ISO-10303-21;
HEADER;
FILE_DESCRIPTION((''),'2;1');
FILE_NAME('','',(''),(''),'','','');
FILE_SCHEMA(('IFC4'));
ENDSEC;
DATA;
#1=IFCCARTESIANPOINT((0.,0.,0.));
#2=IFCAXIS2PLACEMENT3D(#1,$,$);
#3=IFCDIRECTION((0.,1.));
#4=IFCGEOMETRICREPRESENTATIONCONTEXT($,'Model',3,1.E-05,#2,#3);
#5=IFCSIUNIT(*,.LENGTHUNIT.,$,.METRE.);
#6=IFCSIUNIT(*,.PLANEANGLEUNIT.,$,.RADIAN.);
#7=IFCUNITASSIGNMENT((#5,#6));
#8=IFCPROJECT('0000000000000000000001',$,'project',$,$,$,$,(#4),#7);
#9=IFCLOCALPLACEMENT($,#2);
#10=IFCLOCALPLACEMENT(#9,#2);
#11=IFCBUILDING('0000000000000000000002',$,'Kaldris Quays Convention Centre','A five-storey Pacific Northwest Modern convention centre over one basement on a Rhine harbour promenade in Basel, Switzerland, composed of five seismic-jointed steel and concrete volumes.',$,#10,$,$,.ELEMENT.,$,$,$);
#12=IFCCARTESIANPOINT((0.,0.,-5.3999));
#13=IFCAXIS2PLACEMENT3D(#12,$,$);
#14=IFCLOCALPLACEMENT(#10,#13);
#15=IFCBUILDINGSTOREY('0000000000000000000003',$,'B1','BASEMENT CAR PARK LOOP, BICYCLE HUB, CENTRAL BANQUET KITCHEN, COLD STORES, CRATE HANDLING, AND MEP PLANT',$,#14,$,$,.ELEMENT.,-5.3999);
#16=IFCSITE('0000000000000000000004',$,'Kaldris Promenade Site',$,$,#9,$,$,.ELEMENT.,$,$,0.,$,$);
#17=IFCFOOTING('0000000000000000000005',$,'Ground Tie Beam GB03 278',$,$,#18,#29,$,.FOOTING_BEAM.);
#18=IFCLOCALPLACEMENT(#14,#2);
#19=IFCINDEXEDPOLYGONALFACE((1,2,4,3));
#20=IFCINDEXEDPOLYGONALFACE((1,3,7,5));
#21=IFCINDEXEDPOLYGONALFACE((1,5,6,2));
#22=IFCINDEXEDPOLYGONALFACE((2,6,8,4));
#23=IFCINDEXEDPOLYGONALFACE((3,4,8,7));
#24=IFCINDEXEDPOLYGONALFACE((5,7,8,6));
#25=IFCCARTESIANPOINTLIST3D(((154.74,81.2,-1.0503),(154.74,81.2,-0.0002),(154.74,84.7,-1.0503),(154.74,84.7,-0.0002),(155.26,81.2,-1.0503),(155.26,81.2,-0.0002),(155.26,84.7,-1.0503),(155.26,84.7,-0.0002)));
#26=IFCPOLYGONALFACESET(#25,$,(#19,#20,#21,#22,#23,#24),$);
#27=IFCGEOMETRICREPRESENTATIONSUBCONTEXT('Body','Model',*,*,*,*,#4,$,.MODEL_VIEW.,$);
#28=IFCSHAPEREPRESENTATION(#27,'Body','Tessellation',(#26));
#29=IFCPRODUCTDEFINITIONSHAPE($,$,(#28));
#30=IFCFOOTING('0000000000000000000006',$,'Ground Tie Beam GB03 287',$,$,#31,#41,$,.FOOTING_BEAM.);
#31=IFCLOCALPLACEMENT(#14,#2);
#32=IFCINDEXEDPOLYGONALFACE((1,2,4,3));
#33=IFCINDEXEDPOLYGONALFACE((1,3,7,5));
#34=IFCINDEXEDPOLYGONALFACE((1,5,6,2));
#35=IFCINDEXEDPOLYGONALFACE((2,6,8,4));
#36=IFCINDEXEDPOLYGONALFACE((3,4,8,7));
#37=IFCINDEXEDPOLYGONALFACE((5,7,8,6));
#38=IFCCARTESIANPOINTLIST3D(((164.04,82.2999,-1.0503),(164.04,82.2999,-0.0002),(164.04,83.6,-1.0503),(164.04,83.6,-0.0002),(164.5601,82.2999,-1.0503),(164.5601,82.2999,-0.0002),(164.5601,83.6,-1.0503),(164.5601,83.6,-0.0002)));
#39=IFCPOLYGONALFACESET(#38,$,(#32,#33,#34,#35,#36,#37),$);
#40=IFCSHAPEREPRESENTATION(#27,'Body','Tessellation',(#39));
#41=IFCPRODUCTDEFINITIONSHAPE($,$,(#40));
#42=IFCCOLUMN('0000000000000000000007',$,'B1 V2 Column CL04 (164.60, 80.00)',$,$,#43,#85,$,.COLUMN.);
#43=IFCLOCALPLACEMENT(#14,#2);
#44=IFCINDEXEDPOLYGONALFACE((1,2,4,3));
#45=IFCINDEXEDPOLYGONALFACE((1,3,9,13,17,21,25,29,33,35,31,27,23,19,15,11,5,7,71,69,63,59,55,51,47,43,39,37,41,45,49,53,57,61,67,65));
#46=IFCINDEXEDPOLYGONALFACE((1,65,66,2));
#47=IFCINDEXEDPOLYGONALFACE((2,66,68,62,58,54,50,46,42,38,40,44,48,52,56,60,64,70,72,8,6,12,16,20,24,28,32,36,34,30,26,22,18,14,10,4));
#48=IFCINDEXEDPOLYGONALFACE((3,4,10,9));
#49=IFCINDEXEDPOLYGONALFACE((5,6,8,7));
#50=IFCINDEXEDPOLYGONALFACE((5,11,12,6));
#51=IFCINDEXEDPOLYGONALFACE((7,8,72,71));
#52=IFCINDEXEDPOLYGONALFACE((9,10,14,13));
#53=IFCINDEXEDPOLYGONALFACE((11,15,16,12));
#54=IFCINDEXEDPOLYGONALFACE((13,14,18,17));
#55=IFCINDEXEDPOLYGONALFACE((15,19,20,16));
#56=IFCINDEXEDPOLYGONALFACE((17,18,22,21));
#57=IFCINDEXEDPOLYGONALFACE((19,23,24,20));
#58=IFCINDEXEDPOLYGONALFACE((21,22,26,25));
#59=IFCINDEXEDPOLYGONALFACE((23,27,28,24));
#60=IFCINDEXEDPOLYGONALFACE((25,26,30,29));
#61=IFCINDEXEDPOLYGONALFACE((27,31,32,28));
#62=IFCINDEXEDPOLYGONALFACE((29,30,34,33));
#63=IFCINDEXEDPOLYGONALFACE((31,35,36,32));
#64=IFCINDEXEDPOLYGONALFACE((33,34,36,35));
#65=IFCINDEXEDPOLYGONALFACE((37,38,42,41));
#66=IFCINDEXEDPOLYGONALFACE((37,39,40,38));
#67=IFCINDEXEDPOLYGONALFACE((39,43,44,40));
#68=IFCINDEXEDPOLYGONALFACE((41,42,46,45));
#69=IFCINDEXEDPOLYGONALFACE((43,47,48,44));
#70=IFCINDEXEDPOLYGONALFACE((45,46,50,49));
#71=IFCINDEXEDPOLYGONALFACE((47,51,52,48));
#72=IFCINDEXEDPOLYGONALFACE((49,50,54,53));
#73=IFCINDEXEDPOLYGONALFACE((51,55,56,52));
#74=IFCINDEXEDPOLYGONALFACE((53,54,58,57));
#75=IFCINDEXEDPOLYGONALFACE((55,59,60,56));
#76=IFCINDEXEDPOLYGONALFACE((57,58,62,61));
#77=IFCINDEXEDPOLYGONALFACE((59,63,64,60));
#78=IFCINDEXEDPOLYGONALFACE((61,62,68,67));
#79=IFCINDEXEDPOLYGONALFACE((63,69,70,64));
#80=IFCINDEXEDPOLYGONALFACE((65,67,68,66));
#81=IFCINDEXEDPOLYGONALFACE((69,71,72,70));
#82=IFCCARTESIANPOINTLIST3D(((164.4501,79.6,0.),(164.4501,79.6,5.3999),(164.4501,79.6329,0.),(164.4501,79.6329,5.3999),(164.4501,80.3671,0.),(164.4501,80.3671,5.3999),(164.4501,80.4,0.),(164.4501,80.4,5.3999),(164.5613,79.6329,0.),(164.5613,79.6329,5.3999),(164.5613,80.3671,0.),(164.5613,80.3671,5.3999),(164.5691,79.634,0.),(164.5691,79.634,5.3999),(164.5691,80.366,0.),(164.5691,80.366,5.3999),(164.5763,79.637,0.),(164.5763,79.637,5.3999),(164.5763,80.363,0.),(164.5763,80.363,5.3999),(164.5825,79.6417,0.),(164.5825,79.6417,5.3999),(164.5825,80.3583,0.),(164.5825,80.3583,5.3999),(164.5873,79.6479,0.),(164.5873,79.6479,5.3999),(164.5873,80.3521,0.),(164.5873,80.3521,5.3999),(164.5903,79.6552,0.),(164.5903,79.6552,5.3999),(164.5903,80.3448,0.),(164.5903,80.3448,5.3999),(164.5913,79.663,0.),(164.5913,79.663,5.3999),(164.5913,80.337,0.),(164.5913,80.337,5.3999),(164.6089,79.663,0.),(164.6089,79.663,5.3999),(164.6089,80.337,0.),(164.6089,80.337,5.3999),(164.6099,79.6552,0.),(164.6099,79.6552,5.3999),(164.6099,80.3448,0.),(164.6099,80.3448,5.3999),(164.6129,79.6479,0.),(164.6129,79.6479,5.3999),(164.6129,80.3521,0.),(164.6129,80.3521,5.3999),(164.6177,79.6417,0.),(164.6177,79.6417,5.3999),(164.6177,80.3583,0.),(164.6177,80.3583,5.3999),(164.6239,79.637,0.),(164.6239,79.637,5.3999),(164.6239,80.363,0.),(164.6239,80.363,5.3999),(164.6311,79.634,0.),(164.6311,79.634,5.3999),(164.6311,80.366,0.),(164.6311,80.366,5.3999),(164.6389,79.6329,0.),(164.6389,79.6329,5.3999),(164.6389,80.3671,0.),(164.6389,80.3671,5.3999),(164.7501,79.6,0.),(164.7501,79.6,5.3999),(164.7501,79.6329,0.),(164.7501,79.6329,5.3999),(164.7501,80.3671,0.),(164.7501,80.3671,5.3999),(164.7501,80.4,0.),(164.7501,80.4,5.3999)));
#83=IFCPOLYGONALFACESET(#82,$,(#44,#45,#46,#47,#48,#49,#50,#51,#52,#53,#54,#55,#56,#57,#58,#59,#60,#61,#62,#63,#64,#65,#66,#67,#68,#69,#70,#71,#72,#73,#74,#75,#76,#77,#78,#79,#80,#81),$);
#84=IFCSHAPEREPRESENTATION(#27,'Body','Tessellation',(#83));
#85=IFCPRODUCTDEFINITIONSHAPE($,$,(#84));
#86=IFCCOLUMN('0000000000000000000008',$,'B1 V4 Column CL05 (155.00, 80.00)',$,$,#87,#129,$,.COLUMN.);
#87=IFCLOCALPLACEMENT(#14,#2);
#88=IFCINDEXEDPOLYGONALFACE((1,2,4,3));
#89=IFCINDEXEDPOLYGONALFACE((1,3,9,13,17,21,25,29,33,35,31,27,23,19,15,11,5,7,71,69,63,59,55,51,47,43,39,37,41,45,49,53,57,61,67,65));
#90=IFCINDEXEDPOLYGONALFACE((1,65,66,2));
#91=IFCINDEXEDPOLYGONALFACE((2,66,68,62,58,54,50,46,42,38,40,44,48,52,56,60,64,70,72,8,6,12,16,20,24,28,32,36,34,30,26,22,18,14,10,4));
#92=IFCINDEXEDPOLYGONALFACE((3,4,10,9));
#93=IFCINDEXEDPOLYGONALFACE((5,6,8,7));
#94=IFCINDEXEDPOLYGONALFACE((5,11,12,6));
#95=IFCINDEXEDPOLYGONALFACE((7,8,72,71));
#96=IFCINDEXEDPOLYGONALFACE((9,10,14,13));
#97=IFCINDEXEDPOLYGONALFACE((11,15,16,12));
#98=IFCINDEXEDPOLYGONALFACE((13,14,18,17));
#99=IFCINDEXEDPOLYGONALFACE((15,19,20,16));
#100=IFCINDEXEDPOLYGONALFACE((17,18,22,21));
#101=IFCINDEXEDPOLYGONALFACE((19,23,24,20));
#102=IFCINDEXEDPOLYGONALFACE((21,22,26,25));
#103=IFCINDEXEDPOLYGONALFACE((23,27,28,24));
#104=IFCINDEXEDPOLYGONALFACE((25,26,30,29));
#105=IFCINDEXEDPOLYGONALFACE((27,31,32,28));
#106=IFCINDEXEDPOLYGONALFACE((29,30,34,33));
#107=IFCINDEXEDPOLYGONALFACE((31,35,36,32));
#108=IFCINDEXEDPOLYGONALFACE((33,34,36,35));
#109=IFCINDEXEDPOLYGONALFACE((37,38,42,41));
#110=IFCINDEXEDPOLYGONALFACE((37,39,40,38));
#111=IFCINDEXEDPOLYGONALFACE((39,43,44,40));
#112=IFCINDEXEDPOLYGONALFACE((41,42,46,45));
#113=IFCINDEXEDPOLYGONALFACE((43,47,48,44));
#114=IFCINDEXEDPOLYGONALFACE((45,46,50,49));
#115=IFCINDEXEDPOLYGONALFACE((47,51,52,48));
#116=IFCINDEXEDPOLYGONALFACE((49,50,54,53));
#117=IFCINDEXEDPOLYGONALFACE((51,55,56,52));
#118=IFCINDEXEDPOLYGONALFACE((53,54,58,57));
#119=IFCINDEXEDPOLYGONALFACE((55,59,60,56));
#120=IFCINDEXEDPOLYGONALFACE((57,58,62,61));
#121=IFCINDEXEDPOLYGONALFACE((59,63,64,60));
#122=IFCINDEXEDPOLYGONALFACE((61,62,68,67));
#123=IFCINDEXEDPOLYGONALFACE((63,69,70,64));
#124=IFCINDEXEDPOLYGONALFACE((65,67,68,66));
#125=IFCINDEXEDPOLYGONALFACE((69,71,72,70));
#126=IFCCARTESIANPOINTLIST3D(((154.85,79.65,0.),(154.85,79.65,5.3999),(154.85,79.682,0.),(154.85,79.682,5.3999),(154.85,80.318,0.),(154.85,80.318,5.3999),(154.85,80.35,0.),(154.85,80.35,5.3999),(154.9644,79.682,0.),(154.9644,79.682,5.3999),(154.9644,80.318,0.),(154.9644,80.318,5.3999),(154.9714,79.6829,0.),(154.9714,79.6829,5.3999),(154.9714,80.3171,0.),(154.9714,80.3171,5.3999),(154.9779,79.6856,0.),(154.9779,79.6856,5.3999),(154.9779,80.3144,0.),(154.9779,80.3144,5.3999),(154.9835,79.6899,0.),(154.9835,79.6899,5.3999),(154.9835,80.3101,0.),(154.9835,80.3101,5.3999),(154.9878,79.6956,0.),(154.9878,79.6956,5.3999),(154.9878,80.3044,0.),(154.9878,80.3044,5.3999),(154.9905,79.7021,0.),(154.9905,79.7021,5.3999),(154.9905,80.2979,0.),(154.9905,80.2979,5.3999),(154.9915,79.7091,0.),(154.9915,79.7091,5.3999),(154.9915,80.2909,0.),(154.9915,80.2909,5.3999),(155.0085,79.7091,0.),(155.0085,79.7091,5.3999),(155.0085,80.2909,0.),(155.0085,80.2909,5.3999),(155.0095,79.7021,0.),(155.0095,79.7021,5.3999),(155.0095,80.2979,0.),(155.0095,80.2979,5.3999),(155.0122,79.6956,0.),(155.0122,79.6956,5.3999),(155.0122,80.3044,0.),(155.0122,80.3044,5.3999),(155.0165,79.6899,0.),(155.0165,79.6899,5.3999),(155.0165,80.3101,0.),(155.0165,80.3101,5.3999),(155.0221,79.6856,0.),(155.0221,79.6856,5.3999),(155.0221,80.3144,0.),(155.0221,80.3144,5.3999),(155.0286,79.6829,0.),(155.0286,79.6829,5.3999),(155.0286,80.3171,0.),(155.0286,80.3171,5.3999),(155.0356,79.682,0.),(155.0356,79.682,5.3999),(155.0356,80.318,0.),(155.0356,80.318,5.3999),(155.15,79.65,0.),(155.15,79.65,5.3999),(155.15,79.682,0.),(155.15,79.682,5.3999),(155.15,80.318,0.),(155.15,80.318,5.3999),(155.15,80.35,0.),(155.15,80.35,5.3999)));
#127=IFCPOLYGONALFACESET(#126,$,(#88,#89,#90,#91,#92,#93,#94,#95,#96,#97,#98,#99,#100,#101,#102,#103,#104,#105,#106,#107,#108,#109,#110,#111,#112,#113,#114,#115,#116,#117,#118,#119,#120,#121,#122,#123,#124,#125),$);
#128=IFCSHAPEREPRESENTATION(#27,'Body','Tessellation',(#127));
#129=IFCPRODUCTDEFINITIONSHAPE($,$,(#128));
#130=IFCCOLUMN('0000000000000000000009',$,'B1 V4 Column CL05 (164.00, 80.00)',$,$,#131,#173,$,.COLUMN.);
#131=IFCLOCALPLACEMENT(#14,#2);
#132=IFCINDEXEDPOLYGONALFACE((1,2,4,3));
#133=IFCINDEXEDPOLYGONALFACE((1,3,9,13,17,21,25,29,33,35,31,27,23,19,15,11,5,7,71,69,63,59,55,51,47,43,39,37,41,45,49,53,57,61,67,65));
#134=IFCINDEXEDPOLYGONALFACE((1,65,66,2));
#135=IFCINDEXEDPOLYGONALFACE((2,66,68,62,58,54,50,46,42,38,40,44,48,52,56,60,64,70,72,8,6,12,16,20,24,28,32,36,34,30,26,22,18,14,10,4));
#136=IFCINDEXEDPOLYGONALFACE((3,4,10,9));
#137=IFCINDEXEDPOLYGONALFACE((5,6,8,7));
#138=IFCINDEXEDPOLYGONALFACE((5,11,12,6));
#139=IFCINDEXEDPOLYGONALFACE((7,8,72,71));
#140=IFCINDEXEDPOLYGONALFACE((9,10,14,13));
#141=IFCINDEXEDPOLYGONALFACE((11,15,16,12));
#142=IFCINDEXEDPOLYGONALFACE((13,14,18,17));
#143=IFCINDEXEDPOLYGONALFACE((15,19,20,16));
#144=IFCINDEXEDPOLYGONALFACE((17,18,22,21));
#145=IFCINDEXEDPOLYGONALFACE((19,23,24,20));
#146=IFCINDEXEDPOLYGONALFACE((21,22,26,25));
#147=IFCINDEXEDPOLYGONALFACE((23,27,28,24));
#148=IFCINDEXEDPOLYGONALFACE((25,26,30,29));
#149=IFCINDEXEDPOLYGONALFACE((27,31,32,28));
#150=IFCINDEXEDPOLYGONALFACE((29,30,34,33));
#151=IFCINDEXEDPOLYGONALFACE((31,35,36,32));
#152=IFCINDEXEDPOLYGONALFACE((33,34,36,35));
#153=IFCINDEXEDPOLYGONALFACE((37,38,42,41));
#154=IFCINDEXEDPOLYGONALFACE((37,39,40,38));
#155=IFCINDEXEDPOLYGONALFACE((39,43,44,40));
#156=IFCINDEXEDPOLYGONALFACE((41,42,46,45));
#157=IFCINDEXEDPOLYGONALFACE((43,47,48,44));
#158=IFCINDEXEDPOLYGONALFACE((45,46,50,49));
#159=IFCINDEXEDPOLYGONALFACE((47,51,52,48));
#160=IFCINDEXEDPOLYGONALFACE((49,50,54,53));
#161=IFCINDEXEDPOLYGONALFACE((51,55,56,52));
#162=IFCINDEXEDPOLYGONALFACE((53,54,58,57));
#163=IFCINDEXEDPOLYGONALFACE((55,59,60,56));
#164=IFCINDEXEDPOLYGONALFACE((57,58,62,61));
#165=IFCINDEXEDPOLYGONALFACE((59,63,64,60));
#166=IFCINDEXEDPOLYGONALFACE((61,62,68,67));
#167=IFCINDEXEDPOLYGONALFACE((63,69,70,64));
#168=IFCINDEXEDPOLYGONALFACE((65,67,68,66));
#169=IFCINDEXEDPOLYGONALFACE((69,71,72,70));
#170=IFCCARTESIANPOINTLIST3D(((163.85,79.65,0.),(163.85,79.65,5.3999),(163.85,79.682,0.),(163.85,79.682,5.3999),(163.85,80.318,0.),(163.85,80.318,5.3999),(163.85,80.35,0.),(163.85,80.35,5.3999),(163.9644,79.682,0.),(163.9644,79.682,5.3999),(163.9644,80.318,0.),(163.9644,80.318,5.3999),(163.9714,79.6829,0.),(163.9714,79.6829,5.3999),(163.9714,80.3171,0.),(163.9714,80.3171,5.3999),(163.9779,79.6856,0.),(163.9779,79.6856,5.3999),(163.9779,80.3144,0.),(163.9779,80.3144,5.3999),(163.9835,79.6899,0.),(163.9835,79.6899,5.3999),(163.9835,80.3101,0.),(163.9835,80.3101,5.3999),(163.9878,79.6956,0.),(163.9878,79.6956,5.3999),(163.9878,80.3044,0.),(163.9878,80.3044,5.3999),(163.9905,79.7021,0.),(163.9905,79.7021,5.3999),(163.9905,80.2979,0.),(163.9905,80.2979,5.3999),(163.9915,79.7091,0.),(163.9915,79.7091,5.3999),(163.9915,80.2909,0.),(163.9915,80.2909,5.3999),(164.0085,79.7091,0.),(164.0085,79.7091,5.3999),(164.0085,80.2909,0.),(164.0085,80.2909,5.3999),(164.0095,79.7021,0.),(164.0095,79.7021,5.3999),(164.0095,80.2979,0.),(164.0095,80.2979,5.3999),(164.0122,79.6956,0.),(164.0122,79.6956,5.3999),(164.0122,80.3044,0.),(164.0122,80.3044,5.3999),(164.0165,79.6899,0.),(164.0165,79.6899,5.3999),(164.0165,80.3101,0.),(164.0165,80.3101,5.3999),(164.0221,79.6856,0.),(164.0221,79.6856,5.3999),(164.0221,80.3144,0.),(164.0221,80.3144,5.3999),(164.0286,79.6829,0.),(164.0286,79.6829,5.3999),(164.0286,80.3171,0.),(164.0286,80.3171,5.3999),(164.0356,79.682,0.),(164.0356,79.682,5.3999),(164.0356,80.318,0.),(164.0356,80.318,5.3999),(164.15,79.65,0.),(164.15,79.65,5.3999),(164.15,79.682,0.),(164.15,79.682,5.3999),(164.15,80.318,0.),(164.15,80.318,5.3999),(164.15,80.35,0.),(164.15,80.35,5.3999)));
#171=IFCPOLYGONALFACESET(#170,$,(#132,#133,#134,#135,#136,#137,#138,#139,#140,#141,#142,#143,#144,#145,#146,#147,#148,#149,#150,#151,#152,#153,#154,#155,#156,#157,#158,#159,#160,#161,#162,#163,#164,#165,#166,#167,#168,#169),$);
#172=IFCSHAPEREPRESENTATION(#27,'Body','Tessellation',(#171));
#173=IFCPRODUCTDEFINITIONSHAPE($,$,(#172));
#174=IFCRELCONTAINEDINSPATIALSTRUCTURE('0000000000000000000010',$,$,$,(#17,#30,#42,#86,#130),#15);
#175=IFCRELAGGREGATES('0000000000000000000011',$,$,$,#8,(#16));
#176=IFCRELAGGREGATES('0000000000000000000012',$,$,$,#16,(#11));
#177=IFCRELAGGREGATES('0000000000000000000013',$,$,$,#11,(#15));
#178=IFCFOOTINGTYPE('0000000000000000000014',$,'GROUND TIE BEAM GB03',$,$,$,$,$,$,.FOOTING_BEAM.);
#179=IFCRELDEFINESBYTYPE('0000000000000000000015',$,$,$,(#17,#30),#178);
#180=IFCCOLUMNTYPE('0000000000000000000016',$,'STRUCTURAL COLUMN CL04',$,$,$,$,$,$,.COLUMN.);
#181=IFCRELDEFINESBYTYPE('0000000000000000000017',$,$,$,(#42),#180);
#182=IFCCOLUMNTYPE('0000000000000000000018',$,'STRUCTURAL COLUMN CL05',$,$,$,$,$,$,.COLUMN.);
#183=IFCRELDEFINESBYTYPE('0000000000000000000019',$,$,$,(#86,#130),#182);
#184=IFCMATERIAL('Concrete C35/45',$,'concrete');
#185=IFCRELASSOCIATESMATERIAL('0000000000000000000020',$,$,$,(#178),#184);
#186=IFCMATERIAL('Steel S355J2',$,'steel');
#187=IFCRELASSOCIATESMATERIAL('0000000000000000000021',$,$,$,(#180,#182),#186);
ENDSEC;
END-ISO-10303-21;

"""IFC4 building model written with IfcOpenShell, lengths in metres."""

from ifc_helpers import new_model, si_unit, direction, frame, origin, origin_2d, place, context, subcontext, project, spatial, rectangle, i_section, extrude, material, material_profile, profile_set, type_object, element, save


model = new_model("IFC4")

# Units and contexts
model_context = context("Model", 3, precision=1e-05, world=origin(), true_north=direction((0.0, 1.0)))
body_context = subcontext(model_context, "Body", "Model", "MODEL_VIEW")
ifc_project = project(units=[si_unit("LENGTHUNIT", "METRE"), si_unit("PLANEANGLEUNIT", "RADIAN")], contexts=[model_context])

# Site, building, storey
site_placement = place(None, origin())
site = spatial("IfcSite", under=ifc_project, at=site_placement, Name="Kaldris Promenade Site", CompositionType="ELEMENT", RefElevation=0.0)
building_placement = place(site_placement, origin())
building = spatial("IfcBuilding", under=site, at=building_placement, Name="Kaldris Quays Convention Centre", Description="A five-storey Pacific Northwest Modern convention centre over one basement on a Rhine harbour promenade in Basel, Switzerland, composed of five seismic-jointed steel and concrete volumes.", CompositionType="ELEMENT")
storey_placement = place(building_placement, frame((0.0, 0.0, -5.3999)))
storey = spatial("IfcBuildingStorey", under=building, at=storey_placement, Name="B1", Description="BASEMENT CAR PARK LOOP, BICYCLE HUB, CENTRAL BANQUET KITCHEN, COLD STORES, CRATE HANDLING, AND MEP PLANT", CompositionType="ELEMENT", Elevation=-5.3999)

# Shared definitions
ifc_material_1 = material(Name="Concrete C35/45", Category="concrete")

# Footings
footing_type_1 = type_object("IfcFootingType", Name="GROUND TIE BEAM GB03", PredefinedType="FOOTING_BEAM", material=ifc_material_1)
footing_1_placement = place(storey_placement, frame((155.0, 82.95, -1.0503), z_axis=(0.0, 0.0, 1.0), x_axis=(1.0, 0.0, 0.0)))
element("IfcFooting", 1, at=footing_1_placement, inside=storey, type_object=footing_type_1, Name="Ground Tie Beam GB03 278", PredefinedType="FOOTING_BEAM", context=body_context, shape_type="SweptSolid", body=[
    extrude(rectangle(XDim=0.52, YDim=3.5, at=origin_2d()), origin(), (0.0, 0.0, 1.0), 1.05),
])
footing_2_placement = place(storey_placement, frame((164.3, 82.95, -1.0503), z_axis=(0.0, 0.0, 1.0), x_axis=(1.0, 0.0, 0.0)))
element("IfcFooting", 2, at=footing_2_placement, inside=storey, type_object=footing_type_1, Name="Ground Tie Beam GB03 287", PredefinedType="FOOTING_BEAM", context=body_context, shape_type="SweptSolid", body=[
    extrude(rectangle(XDim=0.52, YDim=1.3, at=origin_2d()), origin(), (0.0, 0.0, 1.0), 1.05),
])

# Columns
ifc_material_2 = material(Name="Steel S355J2", Category="steel")
ifc_material_profile_1 = material_profile(ifc_material_2, i_section(OverallWidth=0.3, OverallDepth=0.8, WebThickness=0.0176, FlangeThickness=0.033, FilletRadius=0.03, at=origin_2d()), Name="HEB 800")
ifc_profile_set_1 = profile_set([ifc_material_profile_1], Name="Steel S355J2")
column_type_1 = type_object("IfcColumnType", Name="STRUCTURAL COLUMN CL04", PredefinedType="COLUMN", material=ifc_profile_set_1)
column_placement = place(storey_placement, frame((164.6001, 80.0, 0.0), z_axis=(0.0, 0.0, 1.0), x_axis=(1.0, 0.0, 0.0)))
element("IfcColumn", 3, at=column_placement, inside=storey, type_object=column_type_1, Name="B1 V2 Column CL04 (164.60, 80.00)", PredefinedType="COLUMN", context=body_context, shape_type="SweptSolid", body=[
    extrude(i_section(OverallWidth=0.3, OverallDepth=0.8, WebThickness=0.0176, FlangeThickness=0.033, FilletRadius=0.03, at=origin_2d()), origin(), (0.0, 0.0, 1.0), 5.3999),
])
ifc_material_profile_2 = material_profile(ifc_material_2, i_section(OverallWidth=0.3, OverallDepth=0.7, WebThickness=0.0171, FlangeThickness=0.032, FilletRadius=0.0271, at=origin_2d()), Name="HEB 700")
ifc_profile_set_2 = profile_set([ifc_material_profile_2], Name="Steel S355J2")
column_type_2 = type_object("IfcColumnType", Name="STRUCTURAL COLUMN CL05", PredefinedType="COLUMN", material=ifc_profile_set_2)
for number, where, z_axis, x_axis, name in (
    (4, (155.0, 80.0, 0.0), (0.0, 0.0, 1.0), (1.0, 0.0, 0.0), "B1 V4 Column CL05 (155.00, 80.00)"),
    (5, (164.0, 80.0, 0.0), (0.0, 0.0, 1.0), (1.0, 0.0, 0.0), "B1 V4 Column CL05 (164.00, 80.00)"),
):
    element("IfcColumn", number, at=place(storey_placement, frame(where, z_axis=z_axis, x_axis=x_axis)), inside=storey, type_object=column_type_2, Name=name, PredefinedType="COLUMN", context=body_context, shape_type="SweptSolid", body=[
        extrude(i_section(OverallWidth=0.3, OverallDepth=0.7, WebThickness=0.0171, FlangeThickness=0.032, FilletRadius=0.0271, at=origin_2d()), origin(), (0.0, 0.0, 1.0), 5.3999),
    ])

save(model, "model.ifc")
